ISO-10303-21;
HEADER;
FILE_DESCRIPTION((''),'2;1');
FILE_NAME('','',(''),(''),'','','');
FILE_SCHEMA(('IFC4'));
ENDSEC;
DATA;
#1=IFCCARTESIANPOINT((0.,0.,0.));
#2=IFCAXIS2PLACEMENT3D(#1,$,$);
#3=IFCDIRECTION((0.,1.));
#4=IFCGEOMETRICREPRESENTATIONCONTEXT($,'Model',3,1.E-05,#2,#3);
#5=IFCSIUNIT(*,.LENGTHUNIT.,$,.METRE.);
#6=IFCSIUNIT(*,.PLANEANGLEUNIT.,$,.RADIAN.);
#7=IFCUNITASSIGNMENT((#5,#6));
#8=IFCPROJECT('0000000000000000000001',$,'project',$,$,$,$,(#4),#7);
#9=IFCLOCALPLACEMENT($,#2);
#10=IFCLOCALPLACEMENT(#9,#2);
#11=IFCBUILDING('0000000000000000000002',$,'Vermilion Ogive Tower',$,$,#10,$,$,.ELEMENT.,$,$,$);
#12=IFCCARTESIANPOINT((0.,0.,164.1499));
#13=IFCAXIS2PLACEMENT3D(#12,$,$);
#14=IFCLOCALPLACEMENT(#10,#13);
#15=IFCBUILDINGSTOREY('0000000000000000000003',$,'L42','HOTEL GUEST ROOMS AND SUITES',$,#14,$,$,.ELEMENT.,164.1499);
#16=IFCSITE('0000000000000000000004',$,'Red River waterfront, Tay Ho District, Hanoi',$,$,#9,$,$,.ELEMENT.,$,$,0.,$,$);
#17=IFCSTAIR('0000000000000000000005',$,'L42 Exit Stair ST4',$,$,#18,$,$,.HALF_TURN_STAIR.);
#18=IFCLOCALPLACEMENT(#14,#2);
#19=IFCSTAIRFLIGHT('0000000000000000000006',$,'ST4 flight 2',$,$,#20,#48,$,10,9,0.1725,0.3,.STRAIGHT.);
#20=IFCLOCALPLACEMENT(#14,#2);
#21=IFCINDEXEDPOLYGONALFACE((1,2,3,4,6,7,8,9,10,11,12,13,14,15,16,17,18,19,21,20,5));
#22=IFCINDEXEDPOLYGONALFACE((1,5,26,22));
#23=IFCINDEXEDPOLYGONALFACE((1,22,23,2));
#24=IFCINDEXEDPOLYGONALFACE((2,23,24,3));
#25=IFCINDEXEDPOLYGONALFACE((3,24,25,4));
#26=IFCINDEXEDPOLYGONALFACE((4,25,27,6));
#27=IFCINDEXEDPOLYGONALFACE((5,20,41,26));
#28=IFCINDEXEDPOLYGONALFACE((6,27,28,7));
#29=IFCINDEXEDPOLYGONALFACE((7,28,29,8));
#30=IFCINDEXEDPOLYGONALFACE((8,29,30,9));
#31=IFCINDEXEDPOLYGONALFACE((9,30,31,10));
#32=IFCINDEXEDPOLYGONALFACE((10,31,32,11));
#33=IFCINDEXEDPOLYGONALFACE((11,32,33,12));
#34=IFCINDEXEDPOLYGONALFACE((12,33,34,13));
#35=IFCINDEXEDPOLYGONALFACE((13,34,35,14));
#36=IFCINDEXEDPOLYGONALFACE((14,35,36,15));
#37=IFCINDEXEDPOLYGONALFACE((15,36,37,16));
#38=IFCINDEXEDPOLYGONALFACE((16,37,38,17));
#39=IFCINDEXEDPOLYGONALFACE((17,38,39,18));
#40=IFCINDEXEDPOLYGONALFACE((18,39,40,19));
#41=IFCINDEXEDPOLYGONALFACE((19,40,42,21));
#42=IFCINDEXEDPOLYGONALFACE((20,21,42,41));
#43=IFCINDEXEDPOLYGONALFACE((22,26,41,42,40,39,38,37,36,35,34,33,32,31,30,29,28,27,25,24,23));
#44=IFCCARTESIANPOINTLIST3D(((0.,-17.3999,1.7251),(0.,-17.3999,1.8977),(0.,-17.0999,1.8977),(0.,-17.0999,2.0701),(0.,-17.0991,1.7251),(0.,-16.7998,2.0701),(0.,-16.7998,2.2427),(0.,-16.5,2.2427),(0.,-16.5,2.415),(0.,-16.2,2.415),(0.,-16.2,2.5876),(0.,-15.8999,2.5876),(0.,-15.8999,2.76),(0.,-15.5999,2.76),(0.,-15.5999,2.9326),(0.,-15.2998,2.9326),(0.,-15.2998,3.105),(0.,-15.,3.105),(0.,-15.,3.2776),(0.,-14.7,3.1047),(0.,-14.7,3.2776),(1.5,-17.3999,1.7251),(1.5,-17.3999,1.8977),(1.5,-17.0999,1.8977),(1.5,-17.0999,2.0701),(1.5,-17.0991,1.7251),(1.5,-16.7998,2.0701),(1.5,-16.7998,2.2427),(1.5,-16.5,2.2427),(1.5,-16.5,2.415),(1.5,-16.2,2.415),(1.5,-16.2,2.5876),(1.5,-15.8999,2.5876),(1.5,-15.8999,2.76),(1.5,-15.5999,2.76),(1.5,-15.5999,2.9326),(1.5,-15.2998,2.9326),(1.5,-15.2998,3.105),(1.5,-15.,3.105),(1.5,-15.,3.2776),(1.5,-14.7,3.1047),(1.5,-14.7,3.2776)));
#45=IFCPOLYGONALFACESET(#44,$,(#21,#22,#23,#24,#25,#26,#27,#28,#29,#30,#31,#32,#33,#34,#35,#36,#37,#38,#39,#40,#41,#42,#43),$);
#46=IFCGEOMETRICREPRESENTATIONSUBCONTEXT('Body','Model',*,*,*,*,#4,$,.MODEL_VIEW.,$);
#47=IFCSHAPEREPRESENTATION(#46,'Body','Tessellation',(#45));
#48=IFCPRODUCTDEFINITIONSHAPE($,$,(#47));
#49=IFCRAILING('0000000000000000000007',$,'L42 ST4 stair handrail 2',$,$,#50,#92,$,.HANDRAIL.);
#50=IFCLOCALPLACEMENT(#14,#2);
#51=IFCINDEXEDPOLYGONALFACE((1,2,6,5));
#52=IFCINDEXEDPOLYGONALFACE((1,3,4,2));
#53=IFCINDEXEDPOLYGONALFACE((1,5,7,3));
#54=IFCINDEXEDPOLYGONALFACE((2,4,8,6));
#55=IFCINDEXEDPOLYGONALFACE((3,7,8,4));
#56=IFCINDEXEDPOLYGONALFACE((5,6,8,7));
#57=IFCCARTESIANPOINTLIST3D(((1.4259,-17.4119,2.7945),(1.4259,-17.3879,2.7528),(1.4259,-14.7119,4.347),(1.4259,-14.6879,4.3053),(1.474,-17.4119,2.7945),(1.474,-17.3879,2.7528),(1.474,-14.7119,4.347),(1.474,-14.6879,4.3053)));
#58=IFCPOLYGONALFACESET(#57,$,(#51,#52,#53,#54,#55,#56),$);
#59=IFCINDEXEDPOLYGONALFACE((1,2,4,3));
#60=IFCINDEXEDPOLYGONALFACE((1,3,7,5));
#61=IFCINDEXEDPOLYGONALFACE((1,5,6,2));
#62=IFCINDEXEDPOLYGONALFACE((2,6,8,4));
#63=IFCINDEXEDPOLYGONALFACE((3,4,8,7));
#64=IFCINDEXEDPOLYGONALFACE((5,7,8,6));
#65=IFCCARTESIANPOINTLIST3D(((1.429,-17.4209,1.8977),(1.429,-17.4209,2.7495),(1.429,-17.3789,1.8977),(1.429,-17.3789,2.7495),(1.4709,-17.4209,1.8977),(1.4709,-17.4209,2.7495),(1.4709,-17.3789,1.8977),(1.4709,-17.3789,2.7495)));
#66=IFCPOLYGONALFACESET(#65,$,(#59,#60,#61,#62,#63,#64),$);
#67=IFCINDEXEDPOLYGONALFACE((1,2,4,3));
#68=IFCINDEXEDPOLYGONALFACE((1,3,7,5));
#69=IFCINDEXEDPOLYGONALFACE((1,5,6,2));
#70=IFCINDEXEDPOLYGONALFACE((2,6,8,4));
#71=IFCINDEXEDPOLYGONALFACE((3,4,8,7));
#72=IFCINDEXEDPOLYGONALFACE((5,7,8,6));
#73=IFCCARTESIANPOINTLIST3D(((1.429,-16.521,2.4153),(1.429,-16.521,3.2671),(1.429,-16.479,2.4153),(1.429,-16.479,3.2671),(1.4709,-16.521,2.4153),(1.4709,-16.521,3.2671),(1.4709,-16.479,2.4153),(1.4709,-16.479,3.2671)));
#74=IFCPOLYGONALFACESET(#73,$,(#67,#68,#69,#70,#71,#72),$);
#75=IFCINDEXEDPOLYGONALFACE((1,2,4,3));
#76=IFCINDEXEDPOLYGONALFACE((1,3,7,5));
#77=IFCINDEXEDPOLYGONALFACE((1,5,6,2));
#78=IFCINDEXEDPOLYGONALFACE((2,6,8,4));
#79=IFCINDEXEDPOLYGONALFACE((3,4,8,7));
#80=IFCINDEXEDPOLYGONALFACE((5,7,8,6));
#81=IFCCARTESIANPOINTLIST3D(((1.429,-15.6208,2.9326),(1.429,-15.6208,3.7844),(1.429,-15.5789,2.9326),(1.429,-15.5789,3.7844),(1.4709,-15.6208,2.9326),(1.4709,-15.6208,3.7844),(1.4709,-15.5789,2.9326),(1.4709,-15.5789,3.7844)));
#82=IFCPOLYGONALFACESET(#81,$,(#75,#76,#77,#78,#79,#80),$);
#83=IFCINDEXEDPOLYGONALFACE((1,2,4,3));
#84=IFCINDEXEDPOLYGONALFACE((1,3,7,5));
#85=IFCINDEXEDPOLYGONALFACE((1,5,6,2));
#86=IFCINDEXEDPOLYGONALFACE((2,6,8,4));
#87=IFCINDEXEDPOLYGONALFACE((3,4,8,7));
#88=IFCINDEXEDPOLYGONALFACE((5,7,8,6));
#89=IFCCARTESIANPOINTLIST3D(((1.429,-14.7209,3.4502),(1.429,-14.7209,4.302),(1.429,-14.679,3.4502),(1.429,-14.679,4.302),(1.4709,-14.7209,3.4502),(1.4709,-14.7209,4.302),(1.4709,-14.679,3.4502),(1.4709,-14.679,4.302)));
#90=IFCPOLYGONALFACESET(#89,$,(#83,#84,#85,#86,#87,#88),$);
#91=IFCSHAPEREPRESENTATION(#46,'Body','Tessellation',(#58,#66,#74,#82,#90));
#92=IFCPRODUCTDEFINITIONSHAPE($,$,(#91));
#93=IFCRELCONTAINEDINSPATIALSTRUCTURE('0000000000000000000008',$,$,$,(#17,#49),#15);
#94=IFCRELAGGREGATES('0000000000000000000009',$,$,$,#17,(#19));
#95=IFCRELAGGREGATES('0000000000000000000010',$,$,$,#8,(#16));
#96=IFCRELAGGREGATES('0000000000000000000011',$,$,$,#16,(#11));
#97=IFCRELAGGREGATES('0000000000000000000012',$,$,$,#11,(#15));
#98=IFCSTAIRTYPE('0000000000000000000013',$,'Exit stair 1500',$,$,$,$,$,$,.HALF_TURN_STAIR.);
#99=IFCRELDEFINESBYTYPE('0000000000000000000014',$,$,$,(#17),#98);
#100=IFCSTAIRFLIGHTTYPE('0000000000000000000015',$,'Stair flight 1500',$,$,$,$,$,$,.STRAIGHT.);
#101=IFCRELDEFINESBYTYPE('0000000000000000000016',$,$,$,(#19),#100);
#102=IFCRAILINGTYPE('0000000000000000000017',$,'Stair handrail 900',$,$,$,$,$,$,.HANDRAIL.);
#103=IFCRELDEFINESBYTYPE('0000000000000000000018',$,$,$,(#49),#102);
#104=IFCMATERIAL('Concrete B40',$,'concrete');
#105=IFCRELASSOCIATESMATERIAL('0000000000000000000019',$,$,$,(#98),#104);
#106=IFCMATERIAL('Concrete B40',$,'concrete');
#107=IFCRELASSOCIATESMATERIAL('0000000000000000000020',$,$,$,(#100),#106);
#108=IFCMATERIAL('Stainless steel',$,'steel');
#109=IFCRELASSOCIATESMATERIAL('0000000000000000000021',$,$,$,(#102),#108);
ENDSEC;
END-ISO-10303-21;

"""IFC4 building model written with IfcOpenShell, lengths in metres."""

from ifc_helpers import new_model, si_unit, direction, frame, origin, origin_2d, place, context, subcontext, project, spatial, polyline, rectangle, outline, extrude, material, type_object, element, aggregate, save


model = new_model("IFC4")

# Units and contexts
model_context = context("Model", 3, precision=1e-05, world=origin(), true_north=direction((0.0, 1.0)))
body_context = subcontext(model_context, "Body", "Model", "MODEL_VIEW")
ifc_project = project(units=[si_unit("LENGTHUNIT", "METRE"), si_unit("PLANEANGLEUNIT", "RADIAN")], contexts=[model_context])

# Site, building, storey
site_placement = place(None, origin())
site = spatial("IfcSite", under=ifc_project, at=site_placement, Name="Red River waterfront, Tay Ho District, Hanoi", CompositionType="ELEMENT", RefElevation=0.0)
building_placement = place(site_placement, origin())
building = spatial("IfcBuilding", under=site, at=building_placement, Name="Vermilion Ogive Tower", CompositionType="ELEMENT")
storey_placement = place(building_placement, frame((0.0, 0.0, 164.1499)))
storey = spatial("IfcBuildingStorey", under=building, at=storey_placement, Name="L42", Description="HOTEL GUEST ROOMS AND SUITES", CompositionType="ELEMENT", Elevation=164.1499)

# Stair, stair flight
ifc_material_1 = material(Name="Concrete B40", Category="concrete")
stair_type = type_object("IfcStairType", Name="Exit stair 1500", PredefinedType="HALF_TURN_STAIR", material=ifc_material_1)
stair_placement = place(storey_placement, origin())
stair = element("IfcStair", 1, at=stair_placement, inside=storey, type_object=stair_type, Name="L42 Exit Stair ST4", PredefinedType="HALF_TURN_STAIR")
ifc_material_2 = material(Name="Concrete B40", Category="concrete")
stair_flight_type = type_object("IfcStairFlightType", Name="Stair flight 1500", PredefinedType="STRAIGHT", material=ifc_material_2)
stair_flight_placement = place(storey_placement, frame((0.75, -17.3999, 1.7251), z_axis=(0.0, 0.0, 1.0), x_axis=(0.0, 1.0, 0.0)))
stair_flight = element("IfcStairFlight", 2, at=stair_flight_placement, type_object=stair_flight_type, Name="ST4 flight 2", NumberOfRisers=10, NumberOfTreads=9, PredefinedType="STRAIGHT", RiserHeight=0.1725, TreadLength=0.3, context=body_context, shape_type="SweptSolid", body=[
    extrude(outline(polyline([(0.0, 0.0), (0.0, 0.1726), (0.3, 0.1726), (0.3, 0.345), (0.6001, 0.345), (0.6001, 0.5176), (0.8999, 0.5176), (0.8999, 0.6899), (1.2, 0.6899), (1.2, 0.8625), (1.5, 0.8625), (1.5, 1.0349), (1.8, 1.0349), (1.8, 1.2075), (2.1001, 1.2075), (2.1001, 1.3799), (2.3999, 1.3799), (2.3999, 1.5525), (2.7, 1.5525), (2.7, 1.7251), (2.7, 1.3796), (0.3008, 0.0), (0.0, 0.0)])), frame((0.0, 0.75, 0.0), z_axis=(0.0, -1.0, 0.0), x_axis=(1.0, 0.0, 0.0)), (0.0, 0.0, 1.0), 1.5),
])
aggregate(stair, [stair_flight])

# Railing
ifc_material_3 = material(Name="Stainless steel", Category="steel")
railing_type = type_object("IfcRailingType", Name="Stair handrail 900", PredefinedType="HANDRAIL", material=ifc_material_3)
railing_placement = place(storey_placement, frame((1.45, -17.3999, 1.8977)))
element("IfcRailing", 3, at=railing_placement, inside=storey, type_object=railing_type, Name="L42 ST4 stair handrail 2", PredefinedType="HANDRAIL", context=body_context, shape_type="SweptSolid", body=[
    extrude(rectangle(XDim=0.0481, YDim=0.0481, at=origin_2d()), frame((0.0, 0.0, 0.876), z_axis=(0.0, 0.866904, 0.498476), x_axis=(-1.0, 0.0, 0.0)), (0.0, 0.0, 1.0), 3.1145),
    extrude(rectangle(XDim=0.042, YDim=0.042, at=origin_2d()), origin(), (0.0, 0.0, 1.0), 0.8518),
    extrude(rectangle(XDim=0.042, YDim=0.042, at=origin_2d()), frame((0.0, 0.8999, 0.5176)), (0.0, 0.0, 1.0), 0.8518),
    extrude(rectangle(XDim=0.042, YDim=0.042, at=origin_2d()), frame((0.0, 1.8, 1.0349)), (0.0, 0.0, 1.0), 0.8518),
    extrude(rectangle(XDim=0.042, YDim=0.042, at=origin_2d()), frame((0.0, 2.7, 1.5525)), (0.0, 0.0, 1.0), 0.8518),
])

save(model, "model.ifc")
